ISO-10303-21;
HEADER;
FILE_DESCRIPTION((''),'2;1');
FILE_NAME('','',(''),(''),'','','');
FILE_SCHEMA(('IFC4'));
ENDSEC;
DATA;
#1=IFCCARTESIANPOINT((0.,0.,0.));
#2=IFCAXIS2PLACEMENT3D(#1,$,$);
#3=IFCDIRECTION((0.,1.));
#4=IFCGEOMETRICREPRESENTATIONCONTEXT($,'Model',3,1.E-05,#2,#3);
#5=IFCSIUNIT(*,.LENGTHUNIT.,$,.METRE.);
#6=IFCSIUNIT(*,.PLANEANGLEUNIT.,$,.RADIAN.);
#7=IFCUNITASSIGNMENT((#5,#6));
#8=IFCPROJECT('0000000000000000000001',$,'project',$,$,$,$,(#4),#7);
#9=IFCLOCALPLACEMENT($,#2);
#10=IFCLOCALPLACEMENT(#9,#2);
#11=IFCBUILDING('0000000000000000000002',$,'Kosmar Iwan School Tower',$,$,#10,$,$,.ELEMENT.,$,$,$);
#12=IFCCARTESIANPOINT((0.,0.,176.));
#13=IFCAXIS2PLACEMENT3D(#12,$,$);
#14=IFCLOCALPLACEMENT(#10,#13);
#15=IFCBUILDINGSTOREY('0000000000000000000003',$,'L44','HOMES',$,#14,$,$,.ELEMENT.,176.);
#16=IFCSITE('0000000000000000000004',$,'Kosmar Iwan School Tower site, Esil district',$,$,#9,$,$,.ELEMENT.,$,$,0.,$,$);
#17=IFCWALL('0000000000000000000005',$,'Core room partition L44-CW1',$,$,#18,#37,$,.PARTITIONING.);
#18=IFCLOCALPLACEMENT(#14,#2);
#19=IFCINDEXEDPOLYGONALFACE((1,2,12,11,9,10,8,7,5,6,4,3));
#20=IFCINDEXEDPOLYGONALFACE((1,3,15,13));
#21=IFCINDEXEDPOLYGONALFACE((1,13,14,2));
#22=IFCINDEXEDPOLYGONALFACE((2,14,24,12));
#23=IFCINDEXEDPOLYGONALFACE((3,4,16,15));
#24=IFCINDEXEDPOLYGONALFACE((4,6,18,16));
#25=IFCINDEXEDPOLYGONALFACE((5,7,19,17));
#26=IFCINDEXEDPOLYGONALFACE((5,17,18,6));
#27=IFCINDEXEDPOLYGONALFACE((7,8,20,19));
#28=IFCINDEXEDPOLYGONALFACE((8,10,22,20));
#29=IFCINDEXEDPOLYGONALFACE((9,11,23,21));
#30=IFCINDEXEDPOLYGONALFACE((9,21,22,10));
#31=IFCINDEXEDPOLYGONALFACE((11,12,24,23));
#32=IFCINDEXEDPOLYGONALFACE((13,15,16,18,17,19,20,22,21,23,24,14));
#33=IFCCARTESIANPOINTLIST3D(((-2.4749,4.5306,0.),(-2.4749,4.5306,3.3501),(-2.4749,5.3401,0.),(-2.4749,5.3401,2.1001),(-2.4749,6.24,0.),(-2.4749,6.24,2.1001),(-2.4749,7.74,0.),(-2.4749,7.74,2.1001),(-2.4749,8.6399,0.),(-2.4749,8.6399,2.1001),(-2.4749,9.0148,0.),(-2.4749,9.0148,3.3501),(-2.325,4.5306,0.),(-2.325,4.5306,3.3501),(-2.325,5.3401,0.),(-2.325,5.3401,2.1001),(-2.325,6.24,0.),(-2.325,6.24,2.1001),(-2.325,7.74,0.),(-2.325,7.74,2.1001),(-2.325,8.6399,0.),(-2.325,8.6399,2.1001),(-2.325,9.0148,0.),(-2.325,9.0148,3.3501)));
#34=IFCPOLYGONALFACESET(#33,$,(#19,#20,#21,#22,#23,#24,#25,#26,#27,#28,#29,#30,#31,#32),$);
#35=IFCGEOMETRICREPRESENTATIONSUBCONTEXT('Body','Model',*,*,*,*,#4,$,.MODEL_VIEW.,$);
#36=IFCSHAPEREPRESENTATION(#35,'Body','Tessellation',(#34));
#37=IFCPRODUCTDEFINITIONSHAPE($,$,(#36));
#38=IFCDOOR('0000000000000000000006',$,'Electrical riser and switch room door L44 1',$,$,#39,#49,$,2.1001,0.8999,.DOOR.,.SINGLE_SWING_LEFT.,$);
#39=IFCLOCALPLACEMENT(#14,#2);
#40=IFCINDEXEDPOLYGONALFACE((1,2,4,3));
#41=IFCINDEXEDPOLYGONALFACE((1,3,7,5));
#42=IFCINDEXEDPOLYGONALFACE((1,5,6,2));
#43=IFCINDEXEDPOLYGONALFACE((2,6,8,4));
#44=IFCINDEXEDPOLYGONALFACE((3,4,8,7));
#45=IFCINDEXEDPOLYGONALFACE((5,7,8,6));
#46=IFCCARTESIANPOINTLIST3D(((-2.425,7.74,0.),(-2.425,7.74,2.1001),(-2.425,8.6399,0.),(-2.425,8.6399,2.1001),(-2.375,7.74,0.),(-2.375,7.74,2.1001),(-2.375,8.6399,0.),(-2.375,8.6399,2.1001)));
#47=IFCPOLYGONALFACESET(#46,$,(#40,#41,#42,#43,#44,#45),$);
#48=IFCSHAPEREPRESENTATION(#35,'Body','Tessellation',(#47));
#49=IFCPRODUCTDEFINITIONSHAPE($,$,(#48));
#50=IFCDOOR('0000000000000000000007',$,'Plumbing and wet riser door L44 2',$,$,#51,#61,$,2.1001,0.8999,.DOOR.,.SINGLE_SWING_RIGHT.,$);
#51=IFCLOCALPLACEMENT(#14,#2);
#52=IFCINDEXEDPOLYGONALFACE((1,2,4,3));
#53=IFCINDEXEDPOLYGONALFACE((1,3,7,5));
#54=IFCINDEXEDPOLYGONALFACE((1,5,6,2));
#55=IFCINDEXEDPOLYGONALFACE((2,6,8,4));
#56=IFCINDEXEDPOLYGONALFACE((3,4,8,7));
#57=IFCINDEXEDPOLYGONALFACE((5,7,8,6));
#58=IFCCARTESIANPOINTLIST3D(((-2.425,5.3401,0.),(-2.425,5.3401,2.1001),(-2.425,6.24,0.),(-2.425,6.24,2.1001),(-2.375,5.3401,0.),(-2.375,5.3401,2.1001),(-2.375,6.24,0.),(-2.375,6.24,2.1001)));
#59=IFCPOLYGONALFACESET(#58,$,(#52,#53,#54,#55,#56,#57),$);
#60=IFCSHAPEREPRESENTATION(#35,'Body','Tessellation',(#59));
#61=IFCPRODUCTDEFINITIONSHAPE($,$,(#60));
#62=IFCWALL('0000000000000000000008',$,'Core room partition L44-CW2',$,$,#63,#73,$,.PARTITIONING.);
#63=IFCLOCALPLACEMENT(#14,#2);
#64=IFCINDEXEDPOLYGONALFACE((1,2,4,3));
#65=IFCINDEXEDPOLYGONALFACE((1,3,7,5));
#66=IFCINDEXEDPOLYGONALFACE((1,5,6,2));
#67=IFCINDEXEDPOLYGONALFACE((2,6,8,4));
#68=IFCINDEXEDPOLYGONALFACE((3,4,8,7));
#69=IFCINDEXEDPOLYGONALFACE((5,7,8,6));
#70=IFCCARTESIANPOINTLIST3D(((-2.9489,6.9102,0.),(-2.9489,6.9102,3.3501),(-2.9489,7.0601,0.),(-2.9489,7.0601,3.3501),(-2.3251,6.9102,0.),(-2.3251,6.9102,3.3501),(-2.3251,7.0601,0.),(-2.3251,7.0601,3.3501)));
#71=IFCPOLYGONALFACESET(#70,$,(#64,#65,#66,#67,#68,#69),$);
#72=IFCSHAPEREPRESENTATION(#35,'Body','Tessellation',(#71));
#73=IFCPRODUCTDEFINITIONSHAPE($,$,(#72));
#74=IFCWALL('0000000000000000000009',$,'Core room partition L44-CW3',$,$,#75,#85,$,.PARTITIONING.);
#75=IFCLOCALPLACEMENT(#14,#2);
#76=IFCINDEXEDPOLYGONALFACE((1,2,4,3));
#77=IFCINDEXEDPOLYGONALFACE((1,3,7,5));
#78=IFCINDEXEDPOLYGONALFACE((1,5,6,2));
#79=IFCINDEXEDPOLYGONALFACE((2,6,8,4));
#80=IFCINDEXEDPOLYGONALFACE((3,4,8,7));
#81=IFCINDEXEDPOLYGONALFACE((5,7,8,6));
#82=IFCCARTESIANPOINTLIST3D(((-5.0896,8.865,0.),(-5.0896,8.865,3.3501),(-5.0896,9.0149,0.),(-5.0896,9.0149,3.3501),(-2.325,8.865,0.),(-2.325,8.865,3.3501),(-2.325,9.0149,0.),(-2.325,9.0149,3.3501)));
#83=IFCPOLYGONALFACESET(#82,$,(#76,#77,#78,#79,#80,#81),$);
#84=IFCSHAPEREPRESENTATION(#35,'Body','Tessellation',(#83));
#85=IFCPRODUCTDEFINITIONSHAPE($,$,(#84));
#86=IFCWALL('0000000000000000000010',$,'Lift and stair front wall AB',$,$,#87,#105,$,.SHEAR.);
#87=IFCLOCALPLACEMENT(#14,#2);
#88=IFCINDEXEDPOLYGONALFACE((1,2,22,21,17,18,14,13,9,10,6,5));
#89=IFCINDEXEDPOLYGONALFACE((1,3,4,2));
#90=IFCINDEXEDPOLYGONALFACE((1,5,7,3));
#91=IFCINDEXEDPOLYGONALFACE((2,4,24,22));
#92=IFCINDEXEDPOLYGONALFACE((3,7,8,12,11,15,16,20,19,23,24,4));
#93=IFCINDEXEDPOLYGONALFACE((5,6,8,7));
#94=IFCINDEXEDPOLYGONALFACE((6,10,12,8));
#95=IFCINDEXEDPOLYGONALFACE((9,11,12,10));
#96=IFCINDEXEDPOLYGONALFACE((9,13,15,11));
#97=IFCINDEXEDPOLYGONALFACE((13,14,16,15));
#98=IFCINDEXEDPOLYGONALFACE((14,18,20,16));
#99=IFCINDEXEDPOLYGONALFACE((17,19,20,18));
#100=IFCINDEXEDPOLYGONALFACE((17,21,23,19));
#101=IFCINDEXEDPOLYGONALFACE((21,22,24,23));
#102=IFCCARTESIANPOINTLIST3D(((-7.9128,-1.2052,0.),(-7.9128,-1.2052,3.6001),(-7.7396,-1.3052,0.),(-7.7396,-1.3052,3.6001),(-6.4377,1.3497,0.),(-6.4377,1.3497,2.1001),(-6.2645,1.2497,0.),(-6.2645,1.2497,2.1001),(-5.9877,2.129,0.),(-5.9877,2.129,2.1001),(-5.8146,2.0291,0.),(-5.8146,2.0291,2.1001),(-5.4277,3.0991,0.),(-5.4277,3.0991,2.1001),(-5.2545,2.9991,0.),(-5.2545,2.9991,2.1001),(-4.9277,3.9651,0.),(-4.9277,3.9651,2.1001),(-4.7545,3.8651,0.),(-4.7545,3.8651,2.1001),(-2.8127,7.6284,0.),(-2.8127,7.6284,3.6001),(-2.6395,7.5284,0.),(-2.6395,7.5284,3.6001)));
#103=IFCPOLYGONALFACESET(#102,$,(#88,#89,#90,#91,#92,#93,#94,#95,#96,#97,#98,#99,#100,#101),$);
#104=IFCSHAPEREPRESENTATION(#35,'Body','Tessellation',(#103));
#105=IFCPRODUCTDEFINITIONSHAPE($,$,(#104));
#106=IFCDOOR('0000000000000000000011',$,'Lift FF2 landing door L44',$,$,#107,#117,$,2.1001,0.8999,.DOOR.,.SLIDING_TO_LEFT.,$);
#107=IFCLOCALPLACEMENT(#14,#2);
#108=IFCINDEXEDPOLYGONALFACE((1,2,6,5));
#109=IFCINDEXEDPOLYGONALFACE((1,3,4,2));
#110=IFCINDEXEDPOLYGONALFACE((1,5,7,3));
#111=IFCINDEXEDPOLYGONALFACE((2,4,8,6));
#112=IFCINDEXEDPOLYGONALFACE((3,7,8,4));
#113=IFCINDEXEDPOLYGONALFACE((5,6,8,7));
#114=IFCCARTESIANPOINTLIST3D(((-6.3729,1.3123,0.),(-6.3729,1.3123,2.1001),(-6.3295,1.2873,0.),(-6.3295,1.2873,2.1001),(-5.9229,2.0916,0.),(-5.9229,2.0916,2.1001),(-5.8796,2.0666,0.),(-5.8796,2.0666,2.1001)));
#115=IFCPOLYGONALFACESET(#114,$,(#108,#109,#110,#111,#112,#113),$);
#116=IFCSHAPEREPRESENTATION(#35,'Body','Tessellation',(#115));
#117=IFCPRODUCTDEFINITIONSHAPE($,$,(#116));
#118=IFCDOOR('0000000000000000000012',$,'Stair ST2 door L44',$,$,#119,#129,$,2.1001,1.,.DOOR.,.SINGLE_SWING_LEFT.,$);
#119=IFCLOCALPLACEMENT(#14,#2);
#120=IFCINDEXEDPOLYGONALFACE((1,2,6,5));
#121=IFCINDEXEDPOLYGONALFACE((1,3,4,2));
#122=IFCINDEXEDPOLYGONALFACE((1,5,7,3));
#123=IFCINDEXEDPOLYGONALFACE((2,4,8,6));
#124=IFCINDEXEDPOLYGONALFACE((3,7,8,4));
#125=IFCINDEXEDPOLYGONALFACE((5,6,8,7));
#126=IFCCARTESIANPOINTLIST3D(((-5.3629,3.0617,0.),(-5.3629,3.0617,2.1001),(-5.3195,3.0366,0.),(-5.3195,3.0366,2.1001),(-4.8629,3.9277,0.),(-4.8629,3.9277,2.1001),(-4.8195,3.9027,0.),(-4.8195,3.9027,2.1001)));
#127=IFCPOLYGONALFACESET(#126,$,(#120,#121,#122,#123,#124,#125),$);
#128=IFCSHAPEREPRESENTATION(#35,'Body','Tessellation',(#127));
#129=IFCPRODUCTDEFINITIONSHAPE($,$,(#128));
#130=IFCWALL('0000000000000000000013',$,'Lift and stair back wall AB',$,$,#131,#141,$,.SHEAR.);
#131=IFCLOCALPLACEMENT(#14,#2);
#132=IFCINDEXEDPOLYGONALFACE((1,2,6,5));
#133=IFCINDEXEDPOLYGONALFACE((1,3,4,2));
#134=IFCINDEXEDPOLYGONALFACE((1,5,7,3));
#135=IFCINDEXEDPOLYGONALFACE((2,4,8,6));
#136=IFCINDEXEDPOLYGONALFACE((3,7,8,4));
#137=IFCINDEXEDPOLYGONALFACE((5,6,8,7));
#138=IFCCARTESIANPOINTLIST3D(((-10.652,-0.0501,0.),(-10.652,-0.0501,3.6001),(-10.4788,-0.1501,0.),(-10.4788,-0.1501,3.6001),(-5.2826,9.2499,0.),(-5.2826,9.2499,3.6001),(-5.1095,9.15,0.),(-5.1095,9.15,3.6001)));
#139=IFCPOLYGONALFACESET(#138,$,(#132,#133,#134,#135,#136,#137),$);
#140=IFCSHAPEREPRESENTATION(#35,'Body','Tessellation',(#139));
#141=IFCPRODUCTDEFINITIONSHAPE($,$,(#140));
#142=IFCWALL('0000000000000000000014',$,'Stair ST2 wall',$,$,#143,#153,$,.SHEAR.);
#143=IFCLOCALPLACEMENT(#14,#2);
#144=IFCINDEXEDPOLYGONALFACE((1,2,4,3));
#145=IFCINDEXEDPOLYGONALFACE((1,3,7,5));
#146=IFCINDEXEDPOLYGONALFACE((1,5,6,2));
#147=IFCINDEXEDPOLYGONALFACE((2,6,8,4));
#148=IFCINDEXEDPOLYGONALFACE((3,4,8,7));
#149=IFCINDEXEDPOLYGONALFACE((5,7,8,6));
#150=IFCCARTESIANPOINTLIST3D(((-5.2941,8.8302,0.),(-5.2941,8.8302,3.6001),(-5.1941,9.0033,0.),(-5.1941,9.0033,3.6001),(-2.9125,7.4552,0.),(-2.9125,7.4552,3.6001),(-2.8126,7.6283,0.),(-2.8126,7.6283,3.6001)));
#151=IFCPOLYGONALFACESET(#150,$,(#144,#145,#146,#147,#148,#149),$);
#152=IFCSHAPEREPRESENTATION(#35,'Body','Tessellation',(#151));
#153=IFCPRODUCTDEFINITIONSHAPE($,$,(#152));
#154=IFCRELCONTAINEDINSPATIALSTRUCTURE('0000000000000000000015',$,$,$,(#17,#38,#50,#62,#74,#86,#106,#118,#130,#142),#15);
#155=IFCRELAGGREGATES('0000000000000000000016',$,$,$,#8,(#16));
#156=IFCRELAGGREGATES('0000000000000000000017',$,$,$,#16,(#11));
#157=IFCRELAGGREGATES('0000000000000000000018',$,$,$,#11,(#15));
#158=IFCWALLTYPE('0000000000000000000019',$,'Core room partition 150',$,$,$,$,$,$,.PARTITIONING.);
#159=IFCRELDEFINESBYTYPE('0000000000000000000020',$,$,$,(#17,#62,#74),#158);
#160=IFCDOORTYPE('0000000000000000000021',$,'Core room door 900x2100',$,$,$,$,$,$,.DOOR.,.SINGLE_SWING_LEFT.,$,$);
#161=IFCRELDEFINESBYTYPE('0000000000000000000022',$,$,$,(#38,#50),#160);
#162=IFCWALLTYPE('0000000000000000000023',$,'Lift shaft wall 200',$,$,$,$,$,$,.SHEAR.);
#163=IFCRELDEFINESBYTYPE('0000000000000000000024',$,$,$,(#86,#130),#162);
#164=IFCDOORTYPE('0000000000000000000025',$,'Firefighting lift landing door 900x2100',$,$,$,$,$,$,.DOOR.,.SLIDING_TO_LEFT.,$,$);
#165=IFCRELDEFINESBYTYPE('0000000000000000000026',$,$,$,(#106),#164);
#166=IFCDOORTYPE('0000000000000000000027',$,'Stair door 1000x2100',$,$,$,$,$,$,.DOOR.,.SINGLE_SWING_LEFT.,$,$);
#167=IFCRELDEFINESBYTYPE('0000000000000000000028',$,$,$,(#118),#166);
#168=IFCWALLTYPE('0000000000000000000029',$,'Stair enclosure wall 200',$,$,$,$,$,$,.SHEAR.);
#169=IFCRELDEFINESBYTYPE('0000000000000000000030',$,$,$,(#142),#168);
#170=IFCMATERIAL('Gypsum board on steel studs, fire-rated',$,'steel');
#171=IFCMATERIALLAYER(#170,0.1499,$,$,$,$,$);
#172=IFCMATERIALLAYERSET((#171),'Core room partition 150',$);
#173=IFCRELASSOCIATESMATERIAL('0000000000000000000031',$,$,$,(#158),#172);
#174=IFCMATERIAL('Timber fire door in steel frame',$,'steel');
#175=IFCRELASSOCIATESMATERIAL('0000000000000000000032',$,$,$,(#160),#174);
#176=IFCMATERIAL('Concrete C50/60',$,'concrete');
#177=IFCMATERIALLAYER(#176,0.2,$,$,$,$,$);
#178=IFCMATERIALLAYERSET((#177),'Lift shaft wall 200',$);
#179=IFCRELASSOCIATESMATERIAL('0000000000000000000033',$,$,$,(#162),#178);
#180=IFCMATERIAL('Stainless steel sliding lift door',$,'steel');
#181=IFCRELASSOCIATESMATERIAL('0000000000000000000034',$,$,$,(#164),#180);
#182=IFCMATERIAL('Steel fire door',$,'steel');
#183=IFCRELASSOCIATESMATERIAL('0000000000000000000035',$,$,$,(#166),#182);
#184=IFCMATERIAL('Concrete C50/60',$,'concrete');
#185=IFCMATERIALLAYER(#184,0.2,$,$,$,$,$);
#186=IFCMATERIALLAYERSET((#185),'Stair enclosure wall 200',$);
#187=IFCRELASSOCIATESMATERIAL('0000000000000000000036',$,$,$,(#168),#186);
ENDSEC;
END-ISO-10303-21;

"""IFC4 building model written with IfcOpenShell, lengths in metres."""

from ifc_helpers import new_model, si_unit, direction, frame, frame_2d, origin, place, context, subcontext, project, spatial, rectangle, extrude, material, layer, layer_set, type_object, element, fill, save


model = new_model("IFC4")

# Units and contexts
model_context = context("Model", 3, precision=1e-05, world=origin(), true_north=direction((0.0, 1.0)))
body_context = subcontext(model_context, "Body", "Model", "MODEL_VIEW")
ifc_project = project(units=[si_unit("LENGTHUNIT", "METRE"), si_unit("PLANEANGLEUNIT", "RADIAN")], contexts=[model_context])

# Site, building, storey
site_placement = place(None, origin())
site = spatial("IfcSite", under=ifc_project, at=site_placement, Name="Kosmar Iwan School Tower site, Esil district", CompositionType="ELEMENT", RefElevation=0.0)
building_placement = place(site_placement, origin())
building = spatial("IfcBuilding", under=site, at=building_placement, Name="Kosmar Iwan School Tower", CompositionType="ELEMENT")
storey_placement = place(building_placement, frame((0.0, 0.0, 176.0)))
storey = spatial("IfcBuildingStorey", under=building, at=storey_placement, Name="L44", Description="HOMES", CompositionType="ELEMENT", Elevation=176.0)

# Wall, openings, doors
ifc_material_1 = material(Name="Gypsum board on steel studs, fire-rated", Category="steel")
ifc_layer_1 = layer(ifc_material_1, 0.1499)
ifc_layer_set_1 = layer_set([ifc_layer_1], Name="Core room partition 150")
wall_type_1 = type_object("IfcWallType", Name="Core room partition 150", PredefinedType="PARTITIONING", material=ifc_layer_set_1)
wall_1_placement = place(storey_placement, frame((-2.3999, 9.0149, 0.0), z_axis=(0.0, 0.0, 1.0), x_axis=(0.0, -1.0, 0.0)))
wall_1 = element("IfcWall", 1, at=wall_1_placement, inside=storey, type_object=wall_type_1, Name="Core room partition L44-CW1", PredefinedType="PARTITIONING", context=body_context, shape_type="SweptSolid", body=[
    extrude(rectangle(XDim=4.4841, YDim=0.1499, at=frame_2d((2.2422, 0.0))), origin(), (0.0, 0.0, 1.0), 3.3501),
])
opening_1_placement = place(wall_1_placement, frame((0.375, 0.0, 0.0)))
opening_1 = element("IfcOpeningElement", 2, at=opening_1_placement, cuts=wall_1, PredefinedType="OPENING", context=body_context, shape_type="SweptSolid", body=[
    extrude(rectangle(XDim=0.8999, YDim=2.1001, at=frame_2d((0.45, 1.05))), frame((0.0, 0.0869, 0.0), z_axis=(0.0, -1.0, 0.0), x_axis=(1.0, 0.0, 0.0)), (0.0, 0.0, 1.0), 0.1738),
])
opening_2_placement = place(wall_1_placement, frame((2.7749, 0.0, 0.0)))
opening_2 = element("IfcOpeningElement", 3, at=opening_2_placement, cuts=wall_1, PredefinedType="OPENING", context=body_context, shape_type="SweptSolid", body=[
    extrude(rectangle(XDim=0.8999, YDim=2.1001, at=frame_2d((0.45, 1.05))), frame((0.0, 0.0869, 0.0), z_axis=(0.0, -1.0, 0.0), x_axis=(1.0, 0.0, 0.0)), (0.0, 0.0, 1.0), 0.1738),
])
ifc_material_2 = material(Name="Timber fire door in steel frame", Category="steel")
door_type_1 = type_object("IfcDoorType", Name="Core room door 900x2100", OperationType="SINGLE_SWING_LEFT", PredefinedType="DOOR", material=ifc_material_2)
door_1_placement = place(opening_1_placement, origin())
door_1 = element("IfcDoor", 4, at=door_1_placement, inside=storey, type_object=door_type_1, Name="Electrical riser and switch room door L44 1", OperationType="SINGLE_SWING_LEFT", OverallHeight=2.1001, OverallWidth=0.8999, PredefinedType="DOOR", context=body_context, shape_type="SweptSolid", body=[
    extrude(rectangle(XDim=0.8999, YDim=2.1001, at=frame_2d((0.45, 1.05))), frame((0.0, 0.0249, 0.0), z_axis=(0.0, -1.0, 0.0), x_axis=(1.0, 0.0, 0.0)), (0.0, 0.0, 1.0), 0.05),
])
fill(opening_1, door_1)
door_2_placement = place(opening_2_placement, origin())
door_2 = element("IfcDoor", 5, at=door_2_placement, inside=storey, type_object=door_type_1, Name="Plumbing and wet riser door L44 2", OperationType="SINGLE_SWING_RIGHT", OverallHeight=2.1001, OverallWidth=0.8999, PredefinedType="DOOR", context=body_context, shape_type="SweptSolid", body=[
    extrude(rectangle(XDim=0.8999, YDim=2.1001, at=frame_2d((0.45, 1.05))), frame((0.0, 0.0249, 0.0), z_axis=(0.0, -1.0, 0.0), x_axis=(1.0, 0.0, 0.0)), (0.0, 0.0, 1.0), 0.05),
])
fill(opening_2, door_2)

# Walls
wall_2_placement = place(storey_placement, frame((-2.325, 6.9851, 0.0), z_axis=(0.0, 0.0, 1.0), x_axis=(-1.0, 0.0, 0.0)))
element("IfcWall", 6, at=wall_2_placement, inside=storey, type_object=wall_type_1, Name="Core room partition L44-CW2", PredefinedType="PARTITIONING", context=body_context, shape_type="SweptSolid", body=[
    extrude(rectangle(XDim=0.6238, YDim=0.1499, at=frame_2d((0.312, 0.0))), origin(), (0.0, 0.0, 1.0), 3.3501),
])
wall_3_placement = place(storey_placement, frame((-5.0896, 8.9399, 0.0), z_axis=(0.0, 0.0, 1.0), x_axis=(1.0, 0.0, 0.0)))
element("IfcWall", 7, at=wall_3_placement, inside=storey, type_object=wall_type_1, Name="Core room partition L44-CW3", PredefinedType="PARTITIONING", context=body_context, shape_type="SweptSolid", body=[
    extrude(rectangle(XDim=2.7646, YDim=0.1499, at=frame_2d((1.3823, 0.0))), origin(), (0.0, 0.0, 1.0), 3.3501),
])

# Wall, openings, doors
ifc_material_3 = material(Name="Concrete C50/60", Category="concrete")
ifc_layer_2 = layer(ifc_material_3, 0.2)
ifc_layer_set_2 = layer_set([ifc_layer_2], Name="Lift shaft wall 200")
wall_type_2 = type_object("IfcWallType", Name="Lift shaft wall 200", PredefinedType="SHEAR", material=ifc_layer_set_2)
wall_4_placement = place(storey_placement, frame((-2.7261, 7.5784, 0.0), z_axis=(0.0, 0.0, 1.0), x_axis=(-0.500006, -0.866022, 0.0)))
wall_4 = element("IfcWall", 8, at=wall_4_placement, inside=storey, type_object=wall_type_2, Name="Lift and stair front wall AB", PredefinedType="SHEAR", context=body_context, shape_type="SweptSolid", body=[
    extrude(rectangle(XDim=10.2002, YDim=0.2, at=frame_2d((5.1001, 0.0))), origin(), (0.0, 0.0, 1.0), 3.6001),
])
opening_3_placement = place(wall_4_placement, frame((6.3501, 0.0, 0.0)))
opening_3 = element("IfcOpeningElement", 9, at=opening_3_placement, cuts=wall_4, PredefinedType="OPENING", context=body_context, shape_type="SweptSolid", body=[
    extrude(rectangle(XDim=0.8999, YDim=2.1001, at=frame_2d((0.45, 1.05))), frame((0.0, 0.1121, 0.0), z_axis=(0.0, -1.0, 0.0), x_axis=(1.0, 0.0, 0.0)), (0.0, 0.0, 1.0), 0.2239),
])
opening_4_placement = place(wall_4_placement, frame((4.23, 0.0, 0.0)))
opening_4 = element("IfcOpeningElement", 10, at=opening_4_placement, cuts=wall_4, PredefinedType="OPENING", context=body_context, shape_type="SweptSolid", body=[
    extrude(rectangle(XDim=1.0, YDim=2.1001, at=frame_2d((0.5, 1.05))), frame((0.0, 0.1121, 0.0), z_axis=(0.0, -1.0, 0.0), x_axis=(1.0, 0.0, 0.0)), (0.0, 0.0, 1.0), 0.2239),
])
ifc_material_4 = material(Name="Stainless steel sliding lift door", Category="steel")
door_type_2 = type_object("IfcDoorType", Name="Firefighting lift landing door 900x2100", OperationType="SLIDING_TO_LEFT", PredefinedType="DOOR", material=ifc_material_4)
door_3_placement = place(opening_3_placement, origin())
door_3 = element("IfcDoor", 11, at=door_3_placement, inside=storey, type_object=door_type_2, Name="Lift FF2 landing door L44", OperationType="SLIDING_TO_LEFT", OverallHeight=2.1001, OverallWidth=0.8999, PredefinedType="DOOR", context=body_context, shape_type="SweptSolid", body=[
    extrude(rectangle(XDim=0.8999, YDim=2.1001, at=frame_2d((0.45, 1.05))), frame((0.0, 0.0249, 0.0), z_axis=(0.0, -1.0, 0.0), x_axis=(1.0, 0.0, 0.0)), (0.0, 0.0, 1.0), 0.05),
])
fill(opening_3, door_3)
ifc_material_5 = material(Name="Steel fire door", Category="steel")
door_type_3 = type_object("IfcDoorType", Name="Stair door 1000x2100", OperationType="SINGLE_SWING_LEFT", PredefinedType="DOOR", material=ifc_material_5)
door_4_placement = place(opening_4_placement, origin())
door_4 = element("IfcDoor", 12, at=door_4_placement, inside=storey, type_object=door_type_3, Name="Stair ST2 door L44", OperationType="SINGLE_SWING_LEFT", OverallHeight=2.1001, OverallWidth=1.0, PredefinedType="DOOR", context=body_context, shape_type="SweptSolid", body=[
    extrude(rectangle(XDim=1.0, YDim=2.1001, at=frame_2d((0.5, 1.05))), frame((0.0, 0.0249, 0.0), z_axis=(0.0, -1.0, 0.0), x_axis=(1.0, 0.0, 0.0)), (0.0, 0.0, 1.0), 0.05),
])
fill(opening_4, door_4)

# Walls
wall_5_placement = place(storey_placement, frame((-5.196, 9.2, 0.0), z_axis=(0.0, 0.0, 1.0), x_axis=(-0.5, -0.866025, 0.0)))
element("IfcWall", 13, at=wall_5_placement, inside=storey, type_object=wall_type_2, Name="Lift and stair back wall AB", PredefinedType="SHEAR", context=body_context, shape_type="SweptSolid", body=[
    extrude(rectangle(XDim=10.7388, YDim=0.2, at=frame_2d((5.3694, 0.0))), origin(), (0.0, 0.0, 1.0), 3.6001),
])
ifc_material_6 = material(Name="Concrete C50/60", Category="concrete")
ifc_layer_3 = layer(ifc_material_6, 0.2)
ifc_layer_set_3 = layer_set([ifc_layer_3], Name="Stair enclosure wall 200")
wall_type_3 = type_object("IfcWallType", Name="Stair enclosure wall 200", PredefinedType="SHEAR", material=ifc_layer_set_3)
wall_6_placement = place(storey_placement, frame((-2.8625, 7.5417, 0.0), z_axis=(0.0, 0.0, 1.0), x_axis=(-0.866027, 0.499997, 0.0)))
element("IfcWall", 14, at=wall_6_placement, inside=storey, type_object=wall_type_3, Name="Stair ST2 wall", PredefinedType="SHEAR", context=body_context, shape_type="SweptSolid", body=[
    extrude(rectangle(XDim=2.75, YDim=0.2, at=frame_2d((1.375, 0.0))), origin(), (0.0, 0.0, 1.0), 3.6001),
])

save(model, "model.ifc")
